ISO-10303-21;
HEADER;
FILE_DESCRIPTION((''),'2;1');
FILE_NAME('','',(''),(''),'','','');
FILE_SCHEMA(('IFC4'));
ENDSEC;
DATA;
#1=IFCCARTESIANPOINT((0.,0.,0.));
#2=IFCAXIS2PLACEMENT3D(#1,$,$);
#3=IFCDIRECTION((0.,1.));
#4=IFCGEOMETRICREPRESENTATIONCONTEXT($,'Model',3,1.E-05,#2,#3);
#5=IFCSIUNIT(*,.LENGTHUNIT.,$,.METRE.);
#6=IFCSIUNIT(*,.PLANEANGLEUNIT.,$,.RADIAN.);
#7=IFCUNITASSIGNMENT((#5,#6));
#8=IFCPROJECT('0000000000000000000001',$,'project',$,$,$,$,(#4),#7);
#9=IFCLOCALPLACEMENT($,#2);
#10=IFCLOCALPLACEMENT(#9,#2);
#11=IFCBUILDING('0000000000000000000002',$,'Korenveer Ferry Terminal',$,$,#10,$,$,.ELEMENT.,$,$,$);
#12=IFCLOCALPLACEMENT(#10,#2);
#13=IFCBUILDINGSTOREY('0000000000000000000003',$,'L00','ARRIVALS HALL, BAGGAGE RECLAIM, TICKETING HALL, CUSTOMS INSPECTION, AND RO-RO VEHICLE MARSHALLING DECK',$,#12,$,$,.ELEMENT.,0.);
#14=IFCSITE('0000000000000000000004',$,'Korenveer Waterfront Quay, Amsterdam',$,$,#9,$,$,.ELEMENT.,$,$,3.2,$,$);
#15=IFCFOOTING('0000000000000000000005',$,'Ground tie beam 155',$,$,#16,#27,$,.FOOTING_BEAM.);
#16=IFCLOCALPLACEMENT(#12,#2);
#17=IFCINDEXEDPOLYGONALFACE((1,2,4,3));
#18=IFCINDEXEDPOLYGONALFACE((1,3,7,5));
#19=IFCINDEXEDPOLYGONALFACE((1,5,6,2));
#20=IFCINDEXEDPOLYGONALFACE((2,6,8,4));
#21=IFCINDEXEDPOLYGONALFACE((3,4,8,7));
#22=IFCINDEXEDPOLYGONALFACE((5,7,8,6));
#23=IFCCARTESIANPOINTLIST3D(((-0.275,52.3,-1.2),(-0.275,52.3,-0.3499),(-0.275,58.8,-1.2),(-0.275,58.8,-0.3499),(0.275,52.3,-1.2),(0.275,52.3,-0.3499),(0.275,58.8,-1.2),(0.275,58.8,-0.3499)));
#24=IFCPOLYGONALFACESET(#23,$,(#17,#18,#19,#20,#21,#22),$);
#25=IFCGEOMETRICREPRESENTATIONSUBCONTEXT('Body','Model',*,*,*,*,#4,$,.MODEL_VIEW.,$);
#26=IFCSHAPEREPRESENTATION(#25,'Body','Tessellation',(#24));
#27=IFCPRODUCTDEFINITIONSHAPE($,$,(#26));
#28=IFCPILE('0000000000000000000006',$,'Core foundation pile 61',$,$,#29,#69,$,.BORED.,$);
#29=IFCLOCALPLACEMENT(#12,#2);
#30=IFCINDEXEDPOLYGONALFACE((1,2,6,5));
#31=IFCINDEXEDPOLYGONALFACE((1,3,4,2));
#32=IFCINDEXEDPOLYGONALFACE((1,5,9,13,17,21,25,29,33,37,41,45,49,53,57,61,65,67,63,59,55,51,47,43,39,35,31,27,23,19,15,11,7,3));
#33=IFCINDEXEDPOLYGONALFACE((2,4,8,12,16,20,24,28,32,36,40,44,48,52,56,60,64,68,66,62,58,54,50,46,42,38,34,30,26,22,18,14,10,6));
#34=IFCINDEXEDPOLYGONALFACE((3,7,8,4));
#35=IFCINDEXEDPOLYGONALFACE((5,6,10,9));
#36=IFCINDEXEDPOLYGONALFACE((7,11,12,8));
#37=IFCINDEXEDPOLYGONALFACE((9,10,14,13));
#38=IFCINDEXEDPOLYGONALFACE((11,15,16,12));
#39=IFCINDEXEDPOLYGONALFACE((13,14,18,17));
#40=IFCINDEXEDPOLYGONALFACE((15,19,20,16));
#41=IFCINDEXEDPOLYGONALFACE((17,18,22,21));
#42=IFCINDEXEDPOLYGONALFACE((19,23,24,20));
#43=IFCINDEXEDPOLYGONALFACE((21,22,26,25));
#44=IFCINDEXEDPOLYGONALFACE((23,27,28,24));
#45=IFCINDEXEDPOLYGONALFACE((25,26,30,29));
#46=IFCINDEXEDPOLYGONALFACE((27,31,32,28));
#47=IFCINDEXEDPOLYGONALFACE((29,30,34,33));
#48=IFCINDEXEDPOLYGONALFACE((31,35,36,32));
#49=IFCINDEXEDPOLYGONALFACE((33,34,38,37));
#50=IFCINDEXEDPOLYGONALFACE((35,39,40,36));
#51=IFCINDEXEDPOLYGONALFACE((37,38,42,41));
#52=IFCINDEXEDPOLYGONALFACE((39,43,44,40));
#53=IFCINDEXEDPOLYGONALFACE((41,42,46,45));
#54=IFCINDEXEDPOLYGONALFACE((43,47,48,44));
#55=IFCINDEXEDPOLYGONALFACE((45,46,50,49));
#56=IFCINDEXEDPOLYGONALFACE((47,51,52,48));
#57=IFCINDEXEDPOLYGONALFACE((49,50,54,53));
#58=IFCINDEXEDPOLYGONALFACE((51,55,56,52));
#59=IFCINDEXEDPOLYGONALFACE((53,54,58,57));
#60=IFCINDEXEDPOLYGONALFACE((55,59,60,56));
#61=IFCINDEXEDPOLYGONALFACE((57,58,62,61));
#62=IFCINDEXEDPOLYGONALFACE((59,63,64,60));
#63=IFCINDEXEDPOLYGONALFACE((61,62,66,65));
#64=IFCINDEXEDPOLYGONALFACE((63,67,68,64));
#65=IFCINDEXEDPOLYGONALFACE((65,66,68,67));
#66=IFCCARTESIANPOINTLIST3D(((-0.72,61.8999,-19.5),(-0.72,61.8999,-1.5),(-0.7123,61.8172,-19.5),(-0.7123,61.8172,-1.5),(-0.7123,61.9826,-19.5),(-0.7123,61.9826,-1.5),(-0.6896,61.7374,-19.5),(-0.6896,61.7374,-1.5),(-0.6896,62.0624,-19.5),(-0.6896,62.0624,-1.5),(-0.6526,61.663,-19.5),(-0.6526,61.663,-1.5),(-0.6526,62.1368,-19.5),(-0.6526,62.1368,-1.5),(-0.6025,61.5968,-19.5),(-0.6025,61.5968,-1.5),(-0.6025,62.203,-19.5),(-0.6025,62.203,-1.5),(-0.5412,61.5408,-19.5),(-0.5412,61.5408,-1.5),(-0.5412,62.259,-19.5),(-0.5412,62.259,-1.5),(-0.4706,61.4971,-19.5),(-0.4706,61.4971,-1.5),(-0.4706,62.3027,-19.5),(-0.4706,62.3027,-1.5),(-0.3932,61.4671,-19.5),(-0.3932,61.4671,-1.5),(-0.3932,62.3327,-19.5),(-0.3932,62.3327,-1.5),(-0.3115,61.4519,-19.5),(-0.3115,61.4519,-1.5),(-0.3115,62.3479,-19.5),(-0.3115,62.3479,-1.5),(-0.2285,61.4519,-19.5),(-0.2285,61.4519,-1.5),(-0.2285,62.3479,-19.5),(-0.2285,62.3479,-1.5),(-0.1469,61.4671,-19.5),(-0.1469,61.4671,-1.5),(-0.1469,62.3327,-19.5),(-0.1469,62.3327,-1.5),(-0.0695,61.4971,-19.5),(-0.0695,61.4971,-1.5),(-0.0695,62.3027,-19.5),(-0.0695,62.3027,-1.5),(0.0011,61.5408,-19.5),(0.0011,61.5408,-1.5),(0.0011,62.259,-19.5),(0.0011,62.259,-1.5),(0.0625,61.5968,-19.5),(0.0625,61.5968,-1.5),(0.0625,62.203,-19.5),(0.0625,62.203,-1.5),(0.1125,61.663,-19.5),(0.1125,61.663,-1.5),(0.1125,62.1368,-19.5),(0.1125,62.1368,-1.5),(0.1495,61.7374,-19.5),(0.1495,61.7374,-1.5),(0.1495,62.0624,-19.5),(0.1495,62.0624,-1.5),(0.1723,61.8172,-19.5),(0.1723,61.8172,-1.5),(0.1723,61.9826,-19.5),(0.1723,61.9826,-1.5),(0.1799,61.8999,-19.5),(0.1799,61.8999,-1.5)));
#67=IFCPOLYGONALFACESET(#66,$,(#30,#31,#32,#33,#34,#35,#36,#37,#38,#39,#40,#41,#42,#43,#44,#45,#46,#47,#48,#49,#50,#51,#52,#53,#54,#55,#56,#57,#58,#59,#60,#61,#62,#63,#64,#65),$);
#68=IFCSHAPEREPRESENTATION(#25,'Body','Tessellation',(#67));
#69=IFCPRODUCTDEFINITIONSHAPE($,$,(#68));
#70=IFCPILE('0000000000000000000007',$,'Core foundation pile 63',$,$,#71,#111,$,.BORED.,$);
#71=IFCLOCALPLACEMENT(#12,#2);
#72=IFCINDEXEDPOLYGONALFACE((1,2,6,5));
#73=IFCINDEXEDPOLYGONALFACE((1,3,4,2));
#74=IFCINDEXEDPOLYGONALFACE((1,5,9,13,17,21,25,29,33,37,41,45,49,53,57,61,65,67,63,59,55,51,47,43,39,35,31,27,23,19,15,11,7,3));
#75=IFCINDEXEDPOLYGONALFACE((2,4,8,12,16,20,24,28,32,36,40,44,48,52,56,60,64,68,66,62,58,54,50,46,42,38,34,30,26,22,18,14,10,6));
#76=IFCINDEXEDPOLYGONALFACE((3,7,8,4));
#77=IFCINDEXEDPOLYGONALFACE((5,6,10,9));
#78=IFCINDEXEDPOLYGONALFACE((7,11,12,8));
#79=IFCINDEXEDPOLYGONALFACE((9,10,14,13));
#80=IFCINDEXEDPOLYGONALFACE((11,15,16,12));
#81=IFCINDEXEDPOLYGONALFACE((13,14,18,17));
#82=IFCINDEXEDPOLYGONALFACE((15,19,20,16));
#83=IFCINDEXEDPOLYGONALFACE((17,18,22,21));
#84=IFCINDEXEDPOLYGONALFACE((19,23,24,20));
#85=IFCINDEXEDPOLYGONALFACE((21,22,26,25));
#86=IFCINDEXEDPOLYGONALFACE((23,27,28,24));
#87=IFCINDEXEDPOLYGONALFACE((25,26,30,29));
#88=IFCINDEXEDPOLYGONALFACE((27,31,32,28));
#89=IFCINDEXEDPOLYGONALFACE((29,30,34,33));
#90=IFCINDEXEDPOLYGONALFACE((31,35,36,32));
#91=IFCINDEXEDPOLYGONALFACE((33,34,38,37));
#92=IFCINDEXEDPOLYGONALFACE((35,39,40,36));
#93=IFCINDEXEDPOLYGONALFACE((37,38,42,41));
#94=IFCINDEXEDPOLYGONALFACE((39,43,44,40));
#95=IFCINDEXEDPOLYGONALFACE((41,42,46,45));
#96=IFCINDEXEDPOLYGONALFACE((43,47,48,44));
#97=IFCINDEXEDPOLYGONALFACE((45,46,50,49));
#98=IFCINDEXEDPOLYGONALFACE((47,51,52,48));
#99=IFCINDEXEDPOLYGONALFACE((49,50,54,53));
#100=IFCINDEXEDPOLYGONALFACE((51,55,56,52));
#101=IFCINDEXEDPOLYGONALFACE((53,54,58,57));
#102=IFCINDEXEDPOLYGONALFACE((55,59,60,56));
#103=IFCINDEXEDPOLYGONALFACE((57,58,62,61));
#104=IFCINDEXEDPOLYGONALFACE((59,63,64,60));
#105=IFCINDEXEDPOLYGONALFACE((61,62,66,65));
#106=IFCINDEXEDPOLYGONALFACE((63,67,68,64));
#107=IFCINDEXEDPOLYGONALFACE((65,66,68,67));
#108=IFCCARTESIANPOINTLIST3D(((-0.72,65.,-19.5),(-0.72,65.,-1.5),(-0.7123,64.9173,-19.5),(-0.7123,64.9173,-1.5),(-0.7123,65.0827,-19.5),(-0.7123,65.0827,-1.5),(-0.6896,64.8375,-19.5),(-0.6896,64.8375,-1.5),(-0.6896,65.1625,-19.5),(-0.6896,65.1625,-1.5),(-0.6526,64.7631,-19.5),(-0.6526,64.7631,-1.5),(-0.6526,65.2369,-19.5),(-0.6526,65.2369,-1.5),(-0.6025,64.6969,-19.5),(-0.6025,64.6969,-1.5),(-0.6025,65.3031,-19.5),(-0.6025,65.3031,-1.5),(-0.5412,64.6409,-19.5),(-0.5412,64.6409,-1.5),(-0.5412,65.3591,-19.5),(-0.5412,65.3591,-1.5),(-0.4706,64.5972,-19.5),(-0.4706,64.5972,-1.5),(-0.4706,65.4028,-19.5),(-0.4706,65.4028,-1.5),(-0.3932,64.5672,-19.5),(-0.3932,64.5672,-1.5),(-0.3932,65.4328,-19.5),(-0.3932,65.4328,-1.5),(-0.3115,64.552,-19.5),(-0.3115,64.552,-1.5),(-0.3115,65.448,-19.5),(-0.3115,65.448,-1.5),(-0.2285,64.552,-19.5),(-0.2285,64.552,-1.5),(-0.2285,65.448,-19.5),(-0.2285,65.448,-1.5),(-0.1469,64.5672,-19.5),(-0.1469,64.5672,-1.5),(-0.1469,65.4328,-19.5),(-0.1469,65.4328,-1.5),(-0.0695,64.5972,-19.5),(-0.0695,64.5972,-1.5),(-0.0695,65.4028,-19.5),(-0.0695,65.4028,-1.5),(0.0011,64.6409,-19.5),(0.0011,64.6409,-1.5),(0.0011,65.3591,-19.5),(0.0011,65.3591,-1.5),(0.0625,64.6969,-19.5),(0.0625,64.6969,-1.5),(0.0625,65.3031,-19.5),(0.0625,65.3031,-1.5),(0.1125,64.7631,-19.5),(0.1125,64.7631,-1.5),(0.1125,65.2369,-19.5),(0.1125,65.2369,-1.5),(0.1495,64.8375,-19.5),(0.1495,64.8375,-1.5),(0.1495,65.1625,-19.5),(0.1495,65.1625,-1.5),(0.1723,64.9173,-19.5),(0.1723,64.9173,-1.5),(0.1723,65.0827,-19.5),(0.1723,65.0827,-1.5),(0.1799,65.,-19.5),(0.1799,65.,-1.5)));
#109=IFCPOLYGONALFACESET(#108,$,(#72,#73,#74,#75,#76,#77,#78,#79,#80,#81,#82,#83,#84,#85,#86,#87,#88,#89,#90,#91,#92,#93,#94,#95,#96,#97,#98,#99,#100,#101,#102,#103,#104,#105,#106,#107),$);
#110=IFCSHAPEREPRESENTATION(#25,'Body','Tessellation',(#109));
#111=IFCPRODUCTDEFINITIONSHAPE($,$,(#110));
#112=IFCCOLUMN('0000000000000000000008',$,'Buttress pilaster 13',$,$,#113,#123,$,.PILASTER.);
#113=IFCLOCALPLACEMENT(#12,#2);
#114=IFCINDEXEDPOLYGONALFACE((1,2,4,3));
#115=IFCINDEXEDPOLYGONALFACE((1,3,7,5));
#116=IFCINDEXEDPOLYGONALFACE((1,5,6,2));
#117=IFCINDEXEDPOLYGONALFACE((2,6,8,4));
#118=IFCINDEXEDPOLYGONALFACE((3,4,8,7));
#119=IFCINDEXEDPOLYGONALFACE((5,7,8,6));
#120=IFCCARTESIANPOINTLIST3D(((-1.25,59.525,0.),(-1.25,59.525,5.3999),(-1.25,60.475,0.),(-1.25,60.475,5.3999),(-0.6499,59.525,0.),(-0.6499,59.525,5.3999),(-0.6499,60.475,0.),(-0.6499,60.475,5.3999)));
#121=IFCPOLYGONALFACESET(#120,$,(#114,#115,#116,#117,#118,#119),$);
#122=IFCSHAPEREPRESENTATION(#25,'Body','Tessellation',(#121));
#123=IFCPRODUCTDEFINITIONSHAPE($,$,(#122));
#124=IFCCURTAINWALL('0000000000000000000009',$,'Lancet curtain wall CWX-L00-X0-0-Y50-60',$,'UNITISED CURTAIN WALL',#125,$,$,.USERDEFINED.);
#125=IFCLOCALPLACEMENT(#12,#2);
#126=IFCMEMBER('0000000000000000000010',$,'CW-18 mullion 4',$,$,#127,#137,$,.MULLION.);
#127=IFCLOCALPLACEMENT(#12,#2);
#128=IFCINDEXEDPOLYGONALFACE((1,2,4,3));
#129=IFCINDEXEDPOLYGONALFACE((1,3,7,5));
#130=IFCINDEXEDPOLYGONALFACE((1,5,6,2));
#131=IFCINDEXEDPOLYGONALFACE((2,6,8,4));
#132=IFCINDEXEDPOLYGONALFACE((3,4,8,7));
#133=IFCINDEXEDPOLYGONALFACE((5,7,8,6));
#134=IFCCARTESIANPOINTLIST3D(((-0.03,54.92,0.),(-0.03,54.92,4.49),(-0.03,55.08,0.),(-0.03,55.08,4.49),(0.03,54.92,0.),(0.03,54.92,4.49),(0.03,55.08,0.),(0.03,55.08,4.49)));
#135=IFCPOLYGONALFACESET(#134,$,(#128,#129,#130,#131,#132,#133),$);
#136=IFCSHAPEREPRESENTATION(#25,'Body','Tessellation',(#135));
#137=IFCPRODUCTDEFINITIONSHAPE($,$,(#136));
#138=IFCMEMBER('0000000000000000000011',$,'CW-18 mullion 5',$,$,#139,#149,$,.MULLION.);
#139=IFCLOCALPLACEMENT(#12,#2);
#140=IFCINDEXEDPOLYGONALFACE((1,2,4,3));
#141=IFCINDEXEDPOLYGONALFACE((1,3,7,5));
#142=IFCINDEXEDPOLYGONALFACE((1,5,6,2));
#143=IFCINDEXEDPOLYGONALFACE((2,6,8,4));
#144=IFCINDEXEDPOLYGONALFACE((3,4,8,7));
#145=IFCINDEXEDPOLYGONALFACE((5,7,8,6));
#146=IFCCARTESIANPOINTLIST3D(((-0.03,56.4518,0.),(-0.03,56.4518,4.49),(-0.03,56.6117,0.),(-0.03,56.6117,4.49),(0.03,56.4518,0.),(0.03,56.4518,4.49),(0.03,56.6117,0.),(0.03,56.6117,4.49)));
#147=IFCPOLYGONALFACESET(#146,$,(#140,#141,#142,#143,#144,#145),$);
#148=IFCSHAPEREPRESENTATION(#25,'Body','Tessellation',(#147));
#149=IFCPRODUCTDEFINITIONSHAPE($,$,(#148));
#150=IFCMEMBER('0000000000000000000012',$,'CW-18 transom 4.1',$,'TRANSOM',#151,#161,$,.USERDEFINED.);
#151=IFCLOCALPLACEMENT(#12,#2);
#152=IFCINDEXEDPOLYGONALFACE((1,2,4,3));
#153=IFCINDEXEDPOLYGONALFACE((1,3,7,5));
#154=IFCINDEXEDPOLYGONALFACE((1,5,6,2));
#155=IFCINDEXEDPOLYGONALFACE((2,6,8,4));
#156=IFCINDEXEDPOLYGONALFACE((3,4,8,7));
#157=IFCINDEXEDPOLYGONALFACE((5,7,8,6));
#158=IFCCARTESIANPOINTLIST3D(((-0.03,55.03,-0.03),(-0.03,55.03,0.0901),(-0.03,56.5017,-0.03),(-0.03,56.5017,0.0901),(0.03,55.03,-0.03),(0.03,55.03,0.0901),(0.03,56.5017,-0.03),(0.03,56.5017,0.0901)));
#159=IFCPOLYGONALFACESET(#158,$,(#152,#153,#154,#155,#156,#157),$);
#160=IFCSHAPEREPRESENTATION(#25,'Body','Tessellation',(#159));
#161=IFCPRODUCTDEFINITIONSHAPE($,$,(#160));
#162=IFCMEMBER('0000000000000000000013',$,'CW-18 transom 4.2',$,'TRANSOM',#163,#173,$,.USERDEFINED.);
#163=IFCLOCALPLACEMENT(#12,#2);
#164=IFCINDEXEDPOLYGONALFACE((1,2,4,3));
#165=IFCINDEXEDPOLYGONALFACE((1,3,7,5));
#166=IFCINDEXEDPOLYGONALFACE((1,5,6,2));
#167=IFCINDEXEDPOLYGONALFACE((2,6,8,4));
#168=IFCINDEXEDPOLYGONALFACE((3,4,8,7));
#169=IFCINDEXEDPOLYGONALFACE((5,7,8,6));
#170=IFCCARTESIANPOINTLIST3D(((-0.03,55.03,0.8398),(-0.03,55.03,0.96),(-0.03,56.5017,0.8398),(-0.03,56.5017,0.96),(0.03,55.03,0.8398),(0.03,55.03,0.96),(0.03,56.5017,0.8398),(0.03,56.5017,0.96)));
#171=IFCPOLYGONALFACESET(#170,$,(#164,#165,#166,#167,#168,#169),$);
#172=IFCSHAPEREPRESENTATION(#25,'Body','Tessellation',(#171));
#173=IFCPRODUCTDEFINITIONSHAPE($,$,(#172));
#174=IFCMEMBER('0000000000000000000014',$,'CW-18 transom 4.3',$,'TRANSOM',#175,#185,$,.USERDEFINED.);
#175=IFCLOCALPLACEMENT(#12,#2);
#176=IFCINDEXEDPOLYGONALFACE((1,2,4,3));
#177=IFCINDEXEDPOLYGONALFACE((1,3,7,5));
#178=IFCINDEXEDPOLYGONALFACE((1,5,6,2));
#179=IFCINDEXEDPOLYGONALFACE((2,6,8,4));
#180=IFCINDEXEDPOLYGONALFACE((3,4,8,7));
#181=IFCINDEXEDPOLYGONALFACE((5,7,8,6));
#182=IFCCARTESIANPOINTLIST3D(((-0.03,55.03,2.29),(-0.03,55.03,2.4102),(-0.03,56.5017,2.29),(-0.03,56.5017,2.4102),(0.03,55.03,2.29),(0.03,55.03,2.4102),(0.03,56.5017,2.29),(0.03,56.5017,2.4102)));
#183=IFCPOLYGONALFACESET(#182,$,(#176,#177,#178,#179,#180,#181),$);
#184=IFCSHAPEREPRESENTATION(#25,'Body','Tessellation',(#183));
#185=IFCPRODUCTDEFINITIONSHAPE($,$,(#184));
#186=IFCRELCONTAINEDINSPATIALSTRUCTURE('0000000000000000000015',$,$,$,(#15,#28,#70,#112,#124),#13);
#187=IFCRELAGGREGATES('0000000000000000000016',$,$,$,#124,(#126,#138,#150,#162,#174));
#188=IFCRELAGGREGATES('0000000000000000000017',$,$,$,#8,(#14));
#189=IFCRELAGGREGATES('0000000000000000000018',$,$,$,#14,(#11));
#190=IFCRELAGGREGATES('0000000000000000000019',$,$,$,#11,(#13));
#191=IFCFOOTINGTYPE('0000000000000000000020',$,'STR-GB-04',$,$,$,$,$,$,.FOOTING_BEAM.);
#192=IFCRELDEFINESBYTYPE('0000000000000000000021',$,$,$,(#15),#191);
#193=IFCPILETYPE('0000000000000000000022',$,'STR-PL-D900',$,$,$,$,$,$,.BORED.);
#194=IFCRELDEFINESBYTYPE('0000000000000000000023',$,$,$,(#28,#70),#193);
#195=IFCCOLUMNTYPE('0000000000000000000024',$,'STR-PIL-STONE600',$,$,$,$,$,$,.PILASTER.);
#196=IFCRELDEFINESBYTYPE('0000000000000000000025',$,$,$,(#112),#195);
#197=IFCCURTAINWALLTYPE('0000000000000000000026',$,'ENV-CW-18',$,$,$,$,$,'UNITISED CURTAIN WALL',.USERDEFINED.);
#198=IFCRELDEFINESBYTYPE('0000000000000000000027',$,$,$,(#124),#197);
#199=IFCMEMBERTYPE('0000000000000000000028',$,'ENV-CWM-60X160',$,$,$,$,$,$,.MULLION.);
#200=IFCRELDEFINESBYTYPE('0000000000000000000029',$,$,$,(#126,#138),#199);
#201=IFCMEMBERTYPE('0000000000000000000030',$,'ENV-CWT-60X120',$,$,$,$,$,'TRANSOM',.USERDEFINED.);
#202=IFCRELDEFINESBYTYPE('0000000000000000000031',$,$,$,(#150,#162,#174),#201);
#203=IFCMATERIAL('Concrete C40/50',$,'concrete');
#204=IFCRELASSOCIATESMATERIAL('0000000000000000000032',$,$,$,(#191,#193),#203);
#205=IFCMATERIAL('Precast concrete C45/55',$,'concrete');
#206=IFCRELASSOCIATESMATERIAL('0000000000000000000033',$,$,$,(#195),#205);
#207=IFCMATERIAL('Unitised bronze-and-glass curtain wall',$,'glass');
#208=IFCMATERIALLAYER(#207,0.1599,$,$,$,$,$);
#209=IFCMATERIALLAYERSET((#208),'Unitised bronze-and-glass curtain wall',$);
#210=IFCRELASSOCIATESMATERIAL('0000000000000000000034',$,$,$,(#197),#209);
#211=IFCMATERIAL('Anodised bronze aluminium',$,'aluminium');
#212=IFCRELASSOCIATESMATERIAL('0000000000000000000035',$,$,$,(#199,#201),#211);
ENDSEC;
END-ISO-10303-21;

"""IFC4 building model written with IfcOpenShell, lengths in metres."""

from ifc_helpers import new_model, si_unit, direction, frame, origin, origin_2d, place, context, subcontext, project, spatial, rectangle, circle, extrude, material, layer, layer_set, material_profile, profile_set, type_object, element, aggregate, save


model = new_model("IFC4")

# Units and contexts
model_context = context("Model", 3, precision=1e-05, world=origin(), true_north=direction((0.0, 1.0)))
body_context = subcontext(model_context, "Body", "Model", "MODEL_VIEW")
ifc_project = project(units=[si_unit("LENGTHUNIT", "METRE"), si_unit("PLANEANGLEUNIT", "RADIAN")], contexts=[model_context])

# Site, building, storey
site_placement = place(None, origin())
site = spatial("IfcSite", under=ifc_project, at=site_placement, Name="Korenveer Waterfront Quay, Amsterdam", CompositionType="ELEMENT", RefElevation=3.2)
building_placement = place(site_placement, origin())
building = spatial("IfcBuilding", under=site, at=building_placement, Name="Korenveer Ferry Terminal", CompositionType="ELEMENT")
storey_placement = place(building_placement, origin())
storey = spatial("IfcBuildingStorey", under=building, at=storey_placement, Name="L00", Description="ARRIVALS HALL, BAGGAGE RECLAIM, TICKETING HALL, CUSTOMS INSPECTION, AND RO-RO VEHICLE MARSHALLING DECK", CompositionType="ELEMENT", Elevation=0.0)

# Footing
ifc_material_1 = material(Name="Concrete C40/50", Category="concrete")
footing_type = type_object("IfcFootingType", Name="STR-GB-04", PredefinedType="FOOTING_BEAM", material=ifc_material_1)
footing_placement = place(storey_placement, frame((0.0, 55.55, -1.2), z_axis=(0.0, 0.0, 1.0), x_axis=(1.0, 0.0, 0.0)))
element("IfcFooting", 1, at=footing_placement, inside=storey, type_object=footing_type, Name="Ground tie beam 155", PredefinedType="FOOTING_BEAM", context=body_context, shape_type="SweptSolid", body=[
    extrude(rectangle(XDim=0.55, YDim=6.5, at=origin_2d()), origin(), (0.0, 0.0, 1.0), 0.8501),
])

# Piles
ifc_material_profile_1 = material_profile(ifc_material_1, circle(Radius=0.45, at=origin_2d()), Name="PILE D900")
ifc_profile_set_1 = profile_set([ifc_material_profile_1], Name="Concrete C40/50")
pile_type = type_object("IfcPileType", Name="STR-PL-D900", PredefinedType="BORED", material=ifc_profile_set_1)
for number, where, z_axis, x_axis, name in (
    (2, (-0.27, 61.8999, -1.5), (0.0, 0.0, -1.0), (1.0, 0.0, 0.0), "Core foundation pile 61"),
    (3, (-0.27, 65.0, -1.5), (0.0, 0.0, -1.0), (1.0, 0.0, 0.0), "Core foundation pile 63"),
):
    element("IfcPile", number, at=place(storey_placement, frame(where, z_axis=z_axis, x_axis=x_axis)), inside=storey, type_object=pile_type, Name=name, PredefinedType="BORED", context=body_context, shape_type="SweptSolid", body=[
        extrude(circle(Radius=0.45, at=origin_2d()), origin(), (0.0, 0.0, 1.0), 18.0),
    ])

# Column
ifc_material_2 = material(Name="Precast concrete C45/55", Category="concrete")
ifc_material_profile_2 = material_profile(ifc_material_2, rectangle(XDim=0.6001, YDim=0.95, at=origin_2d()), Name="RC 600x950")
ifc_profile_set_2 = profile_set([ifc_material_profile_2], Name="Precast concrete C45/55")
column_type = type_object("IfcColumnType", Name="STR-PIL-STONE600", PredefinedType="PILASTER", material=ifc_profile_set_2)
column_placement = place(storey_placement, frame((-0.95, 60.0, 0.0), z_axis=(0.0, 0.0, 1.0), x_axis=(1.0, 0.0, 0.0)))
element("IfcColumn", 4, at=column_placement, inside=storey, type_object=column_type, Name="Buttress pilaster 13", PredefinedType="PILASTER", context=body_context, shape_type="SweptSolid", body=[
    extrude(rectangle(XDim=0.6001, YDim=0.95, at=origin_2d()), origin(), (0.0, 0.0, 1.0), 5.3999),
])

# Curtain wall, members
ifc_material_3 = material(Name="Unitised bronze-and-glass curtain wall", Category="glass")
ifc_layer_1 = layer(ifc_material_3, 0.1599)
ifc_layer_set_1 = layer_set([ifc_layer_1], Name="Unitised bronze-and-glass curtain wall")
curtain_wall_type = type_object("IfcCurtainWallType", Name="ENV-CW-18", ElementType="UNITISED CURTAIN WALL", PredefinedType="USERDEFINED", material=ifc_layer_set_1)
curtain_wall_placement = place(storey_placement, frame((0.0, 50.405, 0.0)))
curtain_wall = element("IfcCurtainWall", 5, at=curtain_wall_placement, inside=storey, type_object=curtain_wall_type, Name="Lancet curtain wall CWX-L00-X0-0-Y50-60", ObjectType="UNITISED CURTAIN WALL", PredefinedType="USERDEFINED")
ifc_material_4 = material(Name="Anodised bronze aluminium", Category="aluminium")
ifc_material_profile_3 = material_profile(ifc_material_4, rectangle(XDim=0.0601, YDim=0.1599, at=origin_2d()), Name="ALU 60x160")
ifc_profile_set_3 = profile_set([ifc_material_profile_3], Name="Anodised bronze aluminium")
member_type_1 = type_object("IfcMemberType", Name="ENV-CWM-60X160", PredefinedType="MULLION", material=ifc_profile_set_3)
member_1_placement = place(storey_placement, frame((0.0, 55.0, 0.0), z_axis=(0.0, 0.0, 1.0), x_axis=(-1.0, 0.0, 0.0)))
member_1 = element("IfcMember", 6, at=member_1_placement, type_object=member_type_1, Name="CW-18 mullion 4", PredefinedType="MULLION", context=body_context, shape_type="SweptSolid", body=[
    extrude(rectangle(XDim=0.0601, YDim=0.1599, at=origin_2d()), origin(), (0.0, 0.0, 1.0), 4.49),
])
member_2_placement = place(storey_placement, frame((0.0, 56.5317, 0.0), z_axis=(0.0, 0.0, 1.0), x_axis=(-1.0, 0.0, 0.0)))
member_2 = element("IfcMember", 7, at=member_2_placement, type_object=member_type_1, Name="CW-18 mullion 5", PredefinedType="MULLION", context=body_context, shape_type="SweptSolid", body=[
    extrude(rectangle(XDim=0.0601, YDim=0.1599, at=origin_2d()), origin(), (0.0, 0.0, 1.0), 4.49),
])
ifc_material_profile_4 = material_profile(ifc_material_4, rectangle(XDim=0.0601, YDim=0.1201, at=origin_2d()), Name="ALU 60x120")
ifc_profile_set_4 = profile_set([ifc_material_profile_4], Name="Anodised bronze aluminium")
member_type_2 = type_object("IfcMemberType", Name="ENV-CWT-60X120", ElementType="TRANSOM", PredefinedType="USERDEFINED", material=ifc_profile_set_4)
member_3_placement = place(storey_placement, frame((0.0, 55.03, 0.03), z_axis=(0.0, 1.0, 0.0), x_axis=(-1.0, 0.0, 0.0)))
member_3 = element("IfcMember", 8, at=member_3_placement, type_object=member_type_2, Name="CW-18 transom 4.1", ObjectType="TRANSOM", PredefinedType="USERDEFINED", context=body_context, shape_type="SweptSolid", body=[
    extrude(rectangle(XDim=0.0601, YDim=0.1201, at=origin_2d()), origin(), (0.0, 0.0, 1.0), 1.4717),
])
member_4_placement = place(storey_placement, frame((0.0, 55.03, 0.8999), z_axis=(0.0, 1.0, 0.0), x_axis=(-1.0, 0.0, 0.0)))
member_4 = element("IfcMember", 9, at=member_4_placement, type_object=member_type_2, Name="CW-18 transom 4.2", ObjectType="TRANSOM", PredefinedType="USERDEFINED", context=body_context, shape_type="SweptSolid", body=[
    extrude(rectangle(XDim=0.0601, YDim=0.1201, at=origin_2d()), origin(), (0.0, 0.0, 1.0), 1.4717),
])
member_5_placement = place(storey_placement, frame((0.0, 55.03, 2.3501), z_axis=(0.0, 1.0, 0.0), x_axis=(-1.0, 0.0, 0.0)))
member_5 = element("IfcMember", 10, at=member_5_placement, type_object=member_type_2, Name="CW-18 transom 4.3", ObjectType="TRANSOM", PredefinedType="USERDEFINED", context=body_context, shape_type="SweptSolid", body=[
    extrude(rectangle(XDim=0.0601, YDim=0.1201, at=origin_2d()), origin(), (0.0, 0.0, 1.0), 1.4717),
])

aggregate(curtain_wall, [member_1, member_2, member_3, member_4, member_5])

save(model, "model.ifc")
